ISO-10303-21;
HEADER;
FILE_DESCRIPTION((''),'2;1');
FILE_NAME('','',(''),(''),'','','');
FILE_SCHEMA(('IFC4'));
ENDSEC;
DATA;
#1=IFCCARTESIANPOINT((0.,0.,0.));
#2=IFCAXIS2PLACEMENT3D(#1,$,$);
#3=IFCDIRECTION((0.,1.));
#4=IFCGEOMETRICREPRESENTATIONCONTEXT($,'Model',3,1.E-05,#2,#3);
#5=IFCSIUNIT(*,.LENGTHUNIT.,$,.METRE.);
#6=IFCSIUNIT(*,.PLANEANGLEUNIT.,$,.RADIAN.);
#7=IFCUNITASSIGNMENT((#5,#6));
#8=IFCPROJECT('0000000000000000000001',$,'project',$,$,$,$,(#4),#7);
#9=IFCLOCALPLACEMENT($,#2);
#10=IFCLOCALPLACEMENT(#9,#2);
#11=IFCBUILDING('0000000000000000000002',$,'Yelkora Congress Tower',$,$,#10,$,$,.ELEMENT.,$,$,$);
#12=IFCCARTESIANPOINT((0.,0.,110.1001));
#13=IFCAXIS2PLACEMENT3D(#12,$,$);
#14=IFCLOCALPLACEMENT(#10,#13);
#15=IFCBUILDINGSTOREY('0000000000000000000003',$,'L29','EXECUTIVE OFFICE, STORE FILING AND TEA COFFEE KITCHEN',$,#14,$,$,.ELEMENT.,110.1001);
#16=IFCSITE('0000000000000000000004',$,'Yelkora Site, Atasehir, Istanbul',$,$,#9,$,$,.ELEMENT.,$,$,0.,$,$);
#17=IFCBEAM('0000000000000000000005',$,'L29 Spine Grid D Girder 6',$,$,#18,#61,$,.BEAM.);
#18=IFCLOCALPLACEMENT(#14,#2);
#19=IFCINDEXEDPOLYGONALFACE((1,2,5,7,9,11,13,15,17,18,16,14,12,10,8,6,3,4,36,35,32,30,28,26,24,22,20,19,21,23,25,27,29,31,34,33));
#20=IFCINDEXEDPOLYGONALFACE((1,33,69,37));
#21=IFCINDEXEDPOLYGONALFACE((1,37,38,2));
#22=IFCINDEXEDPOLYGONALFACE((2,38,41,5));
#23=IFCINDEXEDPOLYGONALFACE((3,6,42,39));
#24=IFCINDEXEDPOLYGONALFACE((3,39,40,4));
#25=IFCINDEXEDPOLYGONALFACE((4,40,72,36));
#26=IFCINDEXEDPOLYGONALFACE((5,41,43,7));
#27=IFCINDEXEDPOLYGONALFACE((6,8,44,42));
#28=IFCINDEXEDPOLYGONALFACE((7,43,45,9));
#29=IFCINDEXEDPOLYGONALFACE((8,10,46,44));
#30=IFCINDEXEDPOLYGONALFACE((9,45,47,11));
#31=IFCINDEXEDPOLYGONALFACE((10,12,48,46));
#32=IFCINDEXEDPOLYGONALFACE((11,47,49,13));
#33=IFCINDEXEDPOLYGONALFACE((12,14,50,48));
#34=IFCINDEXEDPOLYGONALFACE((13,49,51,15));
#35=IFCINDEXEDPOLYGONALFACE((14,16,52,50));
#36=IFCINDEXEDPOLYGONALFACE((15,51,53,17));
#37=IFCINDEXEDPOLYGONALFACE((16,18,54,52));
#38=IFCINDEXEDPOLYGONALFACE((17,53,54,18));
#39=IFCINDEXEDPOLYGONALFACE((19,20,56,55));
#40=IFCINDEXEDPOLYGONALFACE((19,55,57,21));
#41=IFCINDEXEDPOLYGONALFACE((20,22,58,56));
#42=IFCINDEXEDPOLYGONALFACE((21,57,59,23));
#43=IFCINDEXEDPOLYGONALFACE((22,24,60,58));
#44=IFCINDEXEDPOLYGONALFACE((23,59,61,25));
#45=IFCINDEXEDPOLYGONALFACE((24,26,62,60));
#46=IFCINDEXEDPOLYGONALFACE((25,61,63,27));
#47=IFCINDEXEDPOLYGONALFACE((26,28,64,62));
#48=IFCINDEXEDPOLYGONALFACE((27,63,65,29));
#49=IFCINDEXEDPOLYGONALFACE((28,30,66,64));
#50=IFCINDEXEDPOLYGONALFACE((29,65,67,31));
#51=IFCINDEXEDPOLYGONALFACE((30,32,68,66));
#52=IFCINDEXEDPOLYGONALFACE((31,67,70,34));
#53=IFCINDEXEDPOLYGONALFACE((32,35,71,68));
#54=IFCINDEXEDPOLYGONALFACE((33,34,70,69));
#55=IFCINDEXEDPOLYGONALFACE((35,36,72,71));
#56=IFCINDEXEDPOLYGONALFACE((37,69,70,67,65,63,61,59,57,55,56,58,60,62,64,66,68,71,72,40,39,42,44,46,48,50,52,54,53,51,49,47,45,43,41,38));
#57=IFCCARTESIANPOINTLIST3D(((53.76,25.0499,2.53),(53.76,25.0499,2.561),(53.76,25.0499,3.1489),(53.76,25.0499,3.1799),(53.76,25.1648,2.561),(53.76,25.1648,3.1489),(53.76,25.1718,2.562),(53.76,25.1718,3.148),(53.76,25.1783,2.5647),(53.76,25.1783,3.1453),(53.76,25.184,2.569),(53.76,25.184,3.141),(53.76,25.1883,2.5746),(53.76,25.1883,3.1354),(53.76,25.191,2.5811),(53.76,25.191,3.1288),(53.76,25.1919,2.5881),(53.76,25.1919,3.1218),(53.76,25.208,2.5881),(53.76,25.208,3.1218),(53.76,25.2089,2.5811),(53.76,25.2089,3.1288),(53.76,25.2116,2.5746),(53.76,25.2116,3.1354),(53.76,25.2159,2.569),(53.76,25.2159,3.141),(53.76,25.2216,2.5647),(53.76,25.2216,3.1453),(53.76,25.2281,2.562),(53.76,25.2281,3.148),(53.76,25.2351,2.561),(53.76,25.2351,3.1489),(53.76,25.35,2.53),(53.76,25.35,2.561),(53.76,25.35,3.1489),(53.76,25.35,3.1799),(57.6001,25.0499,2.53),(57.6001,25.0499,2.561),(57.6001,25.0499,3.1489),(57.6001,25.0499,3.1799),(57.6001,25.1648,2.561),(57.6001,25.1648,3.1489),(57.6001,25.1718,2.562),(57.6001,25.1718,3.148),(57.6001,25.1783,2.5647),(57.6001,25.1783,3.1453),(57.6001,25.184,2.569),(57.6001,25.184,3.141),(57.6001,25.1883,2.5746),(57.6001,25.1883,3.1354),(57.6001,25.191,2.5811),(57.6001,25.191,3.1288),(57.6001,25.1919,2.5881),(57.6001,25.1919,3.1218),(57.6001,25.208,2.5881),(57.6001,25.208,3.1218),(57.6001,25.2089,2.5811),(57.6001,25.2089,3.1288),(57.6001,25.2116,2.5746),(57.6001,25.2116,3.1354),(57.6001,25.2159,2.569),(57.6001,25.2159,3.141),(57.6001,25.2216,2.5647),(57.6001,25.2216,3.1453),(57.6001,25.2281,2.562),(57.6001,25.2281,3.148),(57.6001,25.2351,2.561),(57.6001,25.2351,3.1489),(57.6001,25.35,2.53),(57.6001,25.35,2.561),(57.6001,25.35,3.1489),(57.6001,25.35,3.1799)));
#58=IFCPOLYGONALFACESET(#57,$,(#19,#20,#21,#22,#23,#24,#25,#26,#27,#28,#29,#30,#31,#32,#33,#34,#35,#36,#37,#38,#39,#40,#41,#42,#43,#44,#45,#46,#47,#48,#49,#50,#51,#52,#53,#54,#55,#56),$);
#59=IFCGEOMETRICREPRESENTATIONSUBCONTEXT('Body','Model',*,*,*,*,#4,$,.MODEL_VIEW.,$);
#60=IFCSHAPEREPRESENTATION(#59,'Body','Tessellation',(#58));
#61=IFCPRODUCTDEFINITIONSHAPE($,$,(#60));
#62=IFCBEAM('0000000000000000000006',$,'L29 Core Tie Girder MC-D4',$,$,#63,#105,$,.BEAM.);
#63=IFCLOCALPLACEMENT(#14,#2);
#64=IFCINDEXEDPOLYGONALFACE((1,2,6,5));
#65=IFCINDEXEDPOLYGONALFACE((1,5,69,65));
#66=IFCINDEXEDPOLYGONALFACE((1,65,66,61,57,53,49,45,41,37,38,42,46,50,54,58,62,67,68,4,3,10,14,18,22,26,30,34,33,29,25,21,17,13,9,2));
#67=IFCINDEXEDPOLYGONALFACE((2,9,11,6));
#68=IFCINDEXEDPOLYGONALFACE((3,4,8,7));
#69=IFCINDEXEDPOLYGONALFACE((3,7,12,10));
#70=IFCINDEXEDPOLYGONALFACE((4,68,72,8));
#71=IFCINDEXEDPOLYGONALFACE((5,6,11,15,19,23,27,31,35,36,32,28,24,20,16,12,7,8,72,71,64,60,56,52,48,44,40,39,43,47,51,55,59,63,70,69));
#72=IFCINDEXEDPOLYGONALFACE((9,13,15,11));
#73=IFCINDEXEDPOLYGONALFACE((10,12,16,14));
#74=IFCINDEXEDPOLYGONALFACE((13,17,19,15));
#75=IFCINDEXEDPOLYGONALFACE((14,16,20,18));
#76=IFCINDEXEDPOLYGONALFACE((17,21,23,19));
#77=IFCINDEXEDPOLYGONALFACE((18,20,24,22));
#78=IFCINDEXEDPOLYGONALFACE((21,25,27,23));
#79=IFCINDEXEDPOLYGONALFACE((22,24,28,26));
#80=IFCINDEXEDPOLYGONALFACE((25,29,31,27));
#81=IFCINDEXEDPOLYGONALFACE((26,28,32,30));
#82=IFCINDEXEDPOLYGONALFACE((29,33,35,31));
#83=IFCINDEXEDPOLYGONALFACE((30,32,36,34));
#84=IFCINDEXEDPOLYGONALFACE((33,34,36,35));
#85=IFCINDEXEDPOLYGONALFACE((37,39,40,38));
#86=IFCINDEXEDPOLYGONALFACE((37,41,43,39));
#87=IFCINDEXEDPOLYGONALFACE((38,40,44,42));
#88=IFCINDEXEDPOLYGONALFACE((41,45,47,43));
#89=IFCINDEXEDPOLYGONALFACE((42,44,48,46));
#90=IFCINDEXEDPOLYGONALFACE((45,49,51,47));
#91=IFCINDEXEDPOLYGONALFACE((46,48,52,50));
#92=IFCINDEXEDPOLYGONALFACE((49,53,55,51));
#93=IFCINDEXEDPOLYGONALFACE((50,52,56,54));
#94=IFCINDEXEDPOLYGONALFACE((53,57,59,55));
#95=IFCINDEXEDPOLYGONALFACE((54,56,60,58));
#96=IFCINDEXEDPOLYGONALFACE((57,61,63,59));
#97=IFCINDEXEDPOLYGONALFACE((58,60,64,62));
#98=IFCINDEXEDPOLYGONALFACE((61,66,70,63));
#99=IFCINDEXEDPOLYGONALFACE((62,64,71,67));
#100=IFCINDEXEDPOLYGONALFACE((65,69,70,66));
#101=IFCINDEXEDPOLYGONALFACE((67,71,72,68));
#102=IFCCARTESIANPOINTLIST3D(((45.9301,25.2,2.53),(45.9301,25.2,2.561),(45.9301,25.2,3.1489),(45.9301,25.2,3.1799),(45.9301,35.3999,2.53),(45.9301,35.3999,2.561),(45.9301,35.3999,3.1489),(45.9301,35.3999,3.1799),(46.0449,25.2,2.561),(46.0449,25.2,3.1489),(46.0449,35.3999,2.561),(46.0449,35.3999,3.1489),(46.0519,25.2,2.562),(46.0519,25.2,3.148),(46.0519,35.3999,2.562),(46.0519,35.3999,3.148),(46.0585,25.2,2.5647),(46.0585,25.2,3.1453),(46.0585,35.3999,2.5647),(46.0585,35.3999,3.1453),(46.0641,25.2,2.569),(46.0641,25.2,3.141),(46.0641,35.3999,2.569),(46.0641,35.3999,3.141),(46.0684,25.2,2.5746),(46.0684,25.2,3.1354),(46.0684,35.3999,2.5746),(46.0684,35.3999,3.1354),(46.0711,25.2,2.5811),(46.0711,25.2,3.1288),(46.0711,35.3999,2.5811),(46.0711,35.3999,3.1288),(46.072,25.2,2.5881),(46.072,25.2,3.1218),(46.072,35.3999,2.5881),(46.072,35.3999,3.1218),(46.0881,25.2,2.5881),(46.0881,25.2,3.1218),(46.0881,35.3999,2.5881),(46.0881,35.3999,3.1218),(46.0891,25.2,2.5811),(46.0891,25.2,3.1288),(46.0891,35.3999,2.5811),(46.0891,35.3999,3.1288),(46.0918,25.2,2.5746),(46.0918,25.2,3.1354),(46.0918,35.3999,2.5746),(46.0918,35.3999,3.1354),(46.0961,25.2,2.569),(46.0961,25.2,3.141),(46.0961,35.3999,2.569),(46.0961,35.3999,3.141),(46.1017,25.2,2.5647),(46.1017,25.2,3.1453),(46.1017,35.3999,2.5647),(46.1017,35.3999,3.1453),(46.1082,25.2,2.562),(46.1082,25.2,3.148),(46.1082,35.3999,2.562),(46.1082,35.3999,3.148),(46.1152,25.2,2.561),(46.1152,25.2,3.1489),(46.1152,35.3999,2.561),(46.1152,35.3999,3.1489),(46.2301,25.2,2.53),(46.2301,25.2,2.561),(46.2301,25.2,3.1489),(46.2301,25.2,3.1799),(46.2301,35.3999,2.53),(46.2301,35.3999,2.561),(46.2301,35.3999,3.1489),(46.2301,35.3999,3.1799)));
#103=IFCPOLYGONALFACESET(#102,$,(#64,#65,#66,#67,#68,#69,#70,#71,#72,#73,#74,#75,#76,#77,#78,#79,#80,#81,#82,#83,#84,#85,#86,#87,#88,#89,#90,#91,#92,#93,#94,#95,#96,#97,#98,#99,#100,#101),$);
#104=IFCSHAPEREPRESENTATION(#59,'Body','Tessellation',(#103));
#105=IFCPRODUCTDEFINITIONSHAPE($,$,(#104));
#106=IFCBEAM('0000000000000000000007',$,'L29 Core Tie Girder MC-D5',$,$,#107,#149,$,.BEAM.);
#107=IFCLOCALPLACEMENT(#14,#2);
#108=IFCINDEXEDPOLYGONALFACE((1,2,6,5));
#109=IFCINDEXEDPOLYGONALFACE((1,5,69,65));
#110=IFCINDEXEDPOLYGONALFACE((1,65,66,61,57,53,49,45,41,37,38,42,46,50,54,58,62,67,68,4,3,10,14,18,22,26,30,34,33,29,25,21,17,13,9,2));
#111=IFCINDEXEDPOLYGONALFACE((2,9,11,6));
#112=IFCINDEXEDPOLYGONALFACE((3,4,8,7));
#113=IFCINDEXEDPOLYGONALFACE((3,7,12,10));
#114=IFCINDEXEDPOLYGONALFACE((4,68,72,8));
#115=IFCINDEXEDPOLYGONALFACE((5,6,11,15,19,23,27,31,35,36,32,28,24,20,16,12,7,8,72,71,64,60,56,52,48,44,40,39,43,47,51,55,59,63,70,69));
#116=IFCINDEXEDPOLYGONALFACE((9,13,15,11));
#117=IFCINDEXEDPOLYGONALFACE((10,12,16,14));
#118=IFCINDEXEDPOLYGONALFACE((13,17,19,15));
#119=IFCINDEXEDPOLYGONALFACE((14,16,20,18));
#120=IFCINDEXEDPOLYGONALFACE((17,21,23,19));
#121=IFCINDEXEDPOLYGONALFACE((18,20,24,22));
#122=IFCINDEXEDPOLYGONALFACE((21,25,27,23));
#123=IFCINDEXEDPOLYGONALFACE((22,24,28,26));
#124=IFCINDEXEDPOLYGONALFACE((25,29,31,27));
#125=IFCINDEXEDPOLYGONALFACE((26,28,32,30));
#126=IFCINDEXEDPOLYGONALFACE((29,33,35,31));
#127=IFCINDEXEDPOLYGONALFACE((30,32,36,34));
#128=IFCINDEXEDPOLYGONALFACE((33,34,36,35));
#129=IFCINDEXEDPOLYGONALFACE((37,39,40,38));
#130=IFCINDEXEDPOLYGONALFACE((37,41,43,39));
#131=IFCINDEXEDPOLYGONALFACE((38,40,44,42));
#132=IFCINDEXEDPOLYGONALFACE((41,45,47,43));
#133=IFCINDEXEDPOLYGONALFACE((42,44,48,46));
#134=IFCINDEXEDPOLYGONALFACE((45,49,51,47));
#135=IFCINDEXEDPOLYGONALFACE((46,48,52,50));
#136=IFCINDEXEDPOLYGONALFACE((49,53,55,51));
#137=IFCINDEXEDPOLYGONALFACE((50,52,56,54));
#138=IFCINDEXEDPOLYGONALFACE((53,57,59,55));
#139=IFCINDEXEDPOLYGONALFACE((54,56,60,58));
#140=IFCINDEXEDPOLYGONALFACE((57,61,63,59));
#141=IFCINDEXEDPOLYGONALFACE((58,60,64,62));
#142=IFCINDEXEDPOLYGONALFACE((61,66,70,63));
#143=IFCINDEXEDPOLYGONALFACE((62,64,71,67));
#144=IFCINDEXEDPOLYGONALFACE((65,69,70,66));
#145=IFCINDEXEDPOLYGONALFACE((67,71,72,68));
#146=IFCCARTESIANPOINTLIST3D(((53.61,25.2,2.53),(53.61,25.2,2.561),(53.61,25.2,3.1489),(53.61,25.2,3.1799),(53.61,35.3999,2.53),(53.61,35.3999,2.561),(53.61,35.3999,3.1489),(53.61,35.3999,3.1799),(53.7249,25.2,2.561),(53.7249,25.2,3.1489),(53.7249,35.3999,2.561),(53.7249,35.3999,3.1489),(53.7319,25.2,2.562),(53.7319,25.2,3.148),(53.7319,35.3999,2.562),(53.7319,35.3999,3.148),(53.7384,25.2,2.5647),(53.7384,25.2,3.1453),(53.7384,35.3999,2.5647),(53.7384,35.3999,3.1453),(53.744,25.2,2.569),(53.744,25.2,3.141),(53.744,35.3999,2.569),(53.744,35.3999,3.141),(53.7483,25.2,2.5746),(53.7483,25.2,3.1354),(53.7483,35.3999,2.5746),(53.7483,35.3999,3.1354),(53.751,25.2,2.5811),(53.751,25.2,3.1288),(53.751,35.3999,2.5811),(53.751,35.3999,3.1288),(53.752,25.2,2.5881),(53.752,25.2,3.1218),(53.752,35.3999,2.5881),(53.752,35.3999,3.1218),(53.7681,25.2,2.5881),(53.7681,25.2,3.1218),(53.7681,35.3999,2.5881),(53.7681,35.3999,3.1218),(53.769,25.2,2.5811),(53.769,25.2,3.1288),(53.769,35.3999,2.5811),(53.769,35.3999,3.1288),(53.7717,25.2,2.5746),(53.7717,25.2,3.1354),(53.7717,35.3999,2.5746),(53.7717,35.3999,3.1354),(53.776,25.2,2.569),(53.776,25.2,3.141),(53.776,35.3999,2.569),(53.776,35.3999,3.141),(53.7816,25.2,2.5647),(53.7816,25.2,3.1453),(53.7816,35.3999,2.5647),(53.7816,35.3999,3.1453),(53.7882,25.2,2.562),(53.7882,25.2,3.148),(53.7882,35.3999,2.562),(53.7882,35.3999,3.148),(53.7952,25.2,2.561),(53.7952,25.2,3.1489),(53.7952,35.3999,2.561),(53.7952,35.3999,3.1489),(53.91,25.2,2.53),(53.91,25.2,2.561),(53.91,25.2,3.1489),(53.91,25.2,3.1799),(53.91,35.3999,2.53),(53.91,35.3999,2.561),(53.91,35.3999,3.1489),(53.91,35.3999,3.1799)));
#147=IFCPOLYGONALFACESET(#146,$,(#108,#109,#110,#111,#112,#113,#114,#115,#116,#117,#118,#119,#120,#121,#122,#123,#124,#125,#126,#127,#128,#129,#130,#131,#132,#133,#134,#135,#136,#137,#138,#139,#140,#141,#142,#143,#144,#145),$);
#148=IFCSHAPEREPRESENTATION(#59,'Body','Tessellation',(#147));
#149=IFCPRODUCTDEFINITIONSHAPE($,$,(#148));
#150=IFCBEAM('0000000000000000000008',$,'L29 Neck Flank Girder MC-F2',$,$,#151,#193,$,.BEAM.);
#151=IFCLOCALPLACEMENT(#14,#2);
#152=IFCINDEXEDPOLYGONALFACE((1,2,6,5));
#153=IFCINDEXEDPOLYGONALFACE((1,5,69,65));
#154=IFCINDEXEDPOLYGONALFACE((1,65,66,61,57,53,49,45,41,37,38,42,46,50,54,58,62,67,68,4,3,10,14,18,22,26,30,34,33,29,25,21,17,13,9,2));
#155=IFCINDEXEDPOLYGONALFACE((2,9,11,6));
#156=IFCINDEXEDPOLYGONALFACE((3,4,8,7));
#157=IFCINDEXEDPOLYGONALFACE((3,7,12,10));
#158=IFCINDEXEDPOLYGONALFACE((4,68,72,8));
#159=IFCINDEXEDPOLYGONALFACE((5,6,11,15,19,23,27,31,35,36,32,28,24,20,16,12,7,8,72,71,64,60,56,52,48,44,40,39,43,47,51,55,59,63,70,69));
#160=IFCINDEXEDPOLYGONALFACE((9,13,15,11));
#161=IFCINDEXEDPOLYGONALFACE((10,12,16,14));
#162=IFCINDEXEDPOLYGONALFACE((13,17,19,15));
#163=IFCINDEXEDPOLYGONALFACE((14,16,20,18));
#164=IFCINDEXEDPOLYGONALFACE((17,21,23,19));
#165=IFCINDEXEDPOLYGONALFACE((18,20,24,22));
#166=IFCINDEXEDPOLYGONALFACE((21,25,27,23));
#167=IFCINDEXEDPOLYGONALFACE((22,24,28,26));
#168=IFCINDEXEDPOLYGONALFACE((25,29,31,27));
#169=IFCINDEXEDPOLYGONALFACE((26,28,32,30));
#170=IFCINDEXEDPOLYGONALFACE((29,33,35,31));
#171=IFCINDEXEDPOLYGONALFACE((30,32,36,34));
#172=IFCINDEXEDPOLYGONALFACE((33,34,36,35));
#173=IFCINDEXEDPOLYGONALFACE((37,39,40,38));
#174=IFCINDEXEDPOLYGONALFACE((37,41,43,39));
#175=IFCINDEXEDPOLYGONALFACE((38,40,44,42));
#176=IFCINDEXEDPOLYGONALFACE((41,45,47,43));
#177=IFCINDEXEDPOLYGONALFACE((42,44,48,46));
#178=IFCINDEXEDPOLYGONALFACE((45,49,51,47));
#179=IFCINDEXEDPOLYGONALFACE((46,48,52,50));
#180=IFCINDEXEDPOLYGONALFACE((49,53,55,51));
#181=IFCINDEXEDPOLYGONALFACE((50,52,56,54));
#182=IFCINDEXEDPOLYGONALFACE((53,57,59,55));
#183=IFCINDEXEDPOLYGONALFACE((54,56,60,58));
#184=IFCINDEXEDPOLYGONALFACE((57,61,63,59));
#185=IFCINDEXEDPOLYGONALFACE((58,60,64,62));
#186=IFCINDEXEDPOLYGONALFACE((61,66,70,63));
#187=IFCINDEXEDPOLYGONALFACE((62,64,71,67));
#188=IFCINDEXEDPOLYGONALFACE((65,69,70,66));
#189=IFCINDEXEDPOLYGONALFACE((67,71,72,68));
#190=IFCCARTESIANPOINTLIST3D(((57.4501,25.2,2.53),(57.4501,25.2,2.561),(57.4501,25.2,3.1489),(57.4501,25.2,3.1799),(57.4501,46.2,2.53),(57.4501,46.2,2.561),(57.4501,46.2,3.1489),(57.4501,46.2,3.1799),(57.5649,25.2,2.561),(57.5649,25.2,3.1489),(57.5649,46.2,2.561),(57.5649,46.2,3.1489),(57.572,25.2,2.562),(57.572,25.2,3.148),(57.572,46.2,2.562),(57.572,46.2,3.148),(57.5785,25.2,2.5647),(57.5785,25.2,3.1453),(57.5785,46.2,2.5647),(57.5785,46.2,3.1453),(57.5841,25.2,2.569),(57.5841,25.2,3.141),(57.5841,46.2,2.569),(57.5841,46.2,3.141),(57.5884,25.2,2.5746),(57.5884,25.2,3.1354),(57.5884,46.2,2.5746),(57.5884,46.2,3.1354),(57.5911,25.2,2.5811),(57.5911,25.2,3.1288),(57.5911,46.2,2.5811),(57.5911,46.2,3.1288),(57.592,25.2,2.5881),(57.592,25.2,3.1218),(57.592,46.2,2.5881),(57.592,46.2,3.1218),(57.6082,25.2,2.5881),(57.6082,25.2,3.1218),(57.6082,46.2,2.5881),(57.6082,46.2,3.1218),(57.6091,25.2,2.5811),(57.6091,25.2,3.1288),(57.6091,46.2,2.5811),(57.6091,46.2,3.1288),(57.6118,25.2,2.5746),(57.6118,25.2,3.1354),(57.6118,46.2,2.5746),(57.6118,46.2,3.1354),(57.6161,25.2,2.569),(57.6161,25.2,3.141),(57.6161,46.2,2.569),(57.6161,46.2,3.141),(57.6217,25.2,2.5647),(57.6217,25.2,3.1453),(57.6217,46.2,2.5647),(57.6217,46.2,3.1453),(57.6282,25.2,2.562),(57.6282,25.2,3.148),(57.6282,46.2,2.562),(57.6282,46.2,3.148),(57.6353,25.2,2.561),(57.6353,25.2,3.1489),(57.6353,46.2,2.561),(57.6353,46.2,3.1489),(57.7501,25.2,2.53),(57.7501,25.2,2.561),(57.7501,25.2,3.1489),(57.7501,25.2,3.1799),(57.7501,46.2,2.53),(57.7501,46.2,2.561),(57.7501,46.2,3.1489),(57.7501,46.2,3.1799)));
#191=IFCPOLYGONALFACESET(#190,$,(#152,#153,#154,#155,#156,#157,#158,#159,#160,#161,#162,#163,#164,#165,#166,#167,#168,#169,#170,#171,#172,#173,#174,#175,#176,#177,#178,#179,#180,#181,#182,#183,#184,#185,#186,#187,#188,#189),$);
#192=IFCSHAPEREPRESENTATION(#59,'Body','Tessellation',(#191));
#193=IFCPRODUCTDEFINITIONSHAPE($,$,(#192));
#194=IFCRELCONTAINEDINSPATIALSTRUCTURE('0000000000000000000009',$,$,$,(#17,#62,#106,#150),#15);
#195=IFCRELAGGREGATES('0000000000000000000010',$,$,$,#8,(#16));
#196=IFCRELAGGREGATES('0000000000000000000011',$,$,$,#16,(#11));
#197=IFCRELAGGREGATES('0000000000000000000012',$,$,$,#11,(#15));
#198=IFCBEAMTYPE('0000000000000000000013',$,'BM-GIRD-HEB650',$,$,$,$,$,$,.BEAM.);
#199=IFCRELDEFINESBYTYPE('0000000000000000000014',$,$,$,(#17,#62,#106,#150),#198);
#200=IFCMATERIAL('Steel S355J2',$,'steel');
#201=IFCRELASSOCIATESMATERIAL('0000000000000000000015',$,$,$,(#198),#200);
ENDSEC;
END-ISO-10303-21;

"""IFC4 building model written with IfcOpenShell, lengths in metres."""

from ifc_helpers import new_model, si_unit, direction, frame, origin, origin_2d, place, context, subcontext, project, spatial, i_section, extrude, material, material_profile, profile_set, type_object, element, save


model = new_model("IFC4")

# Units and contexts
model_context = context("Model", 3, precision=1e-05, world=origin(), true_north=direction((0.0, 1.0)))
body_context = subcontext(model_context, "Body", "Model", "MODEL_VIEW")
ifc_project = project(units=[si_unit("LENGTHUNIT", "METRE"), si_unit("PLANEANGLEUNIT", "RADIAN")], contexts=[model_context])

# Site, building, storey
site_placement = place(None, origin())
site = spatial("IfcSite", under=ifc_project, at=site_placement, Name="Yelkora Site, Atasehir, Istanbul", CompositionType="ELEMENT", RefElevation=0.0)
building_placement = place(site_placement, origin())
building = spatial("IfcBuilding", under=site, at=building_placement, Name="Yelkora Congress Tower", CompositionType="ELEMENT")
storey_placement = place(building_placement, frame((0.0, 0.0, 110.1001)))
storey = spatial("IfcBuildingStorey", under=building, at=storey_placement, Name="L29", Description="EXECUTIVE OFFICE, STORE FILING AND TEA COFFEE KITCHEN", CompositionType="ELEMENT", Elevation=110.1001)

# Beams
ifc_material_1 = material(Name="Steel S355J2", Category="steel")
ifc_material_profile_1 = material_profile(ifc_material_1, i_section(OverallWidth=0.3, OverallDepth=0.6499, WebThickness=0.0161, FlangeThickness=0.031, FilletRadius=0.0271, at=origin_2d()), Name="HEB 650")
ifc_profile_set_1 = profile_set([ifc_material_profile_1], Name="Steel S355J2")
beam_type_1 = type_object("IfcBeamType", Name="BM-GIRD-HEB650", PredefinedType="BEAM", material=ifc_profile_set_1)
beam_1_placement = place(storey_placement, frame((53.76, 25.2, 2.855), z_axis=(1.0, 0.0, 0.0), x_axis=(0.0, 1.0, 0.0)))
element("IfcBeam", 1, at=beam_1_placement, inside=storey, type_object=beam_type_1, Name="L29 Spine Grid D Girder 6", PredefinedType="BEAM", context=body_context, shape_type="SweptSolid", body=[
    extrude(i_section(OverallWidth=0.3, OverallDepth=0.6499, WebThickness=0.0161, FlangeThickness=0.031, FilletRadius=0.0271, at=origin_2d()), origin(), (0.0, 0.0, 1.0), 3.8401),
])
for number, where, z_axis, x_axis, name in (
    (2, (46.0801, 25.2, 2.855), (0.0, 1.0, 0.0), (-1.0, 0.0, 0.0), "L29 Core Tie Girder MC-D4"),
    (3, (53.76, 25.2, 2.855), (0.0, 1.0, 0.0), (-1.0, 0.0, 0.0), "L29 Core Tie Girder MC-D5"),
):
    element("IfcBeam", number, at=place(storey_placement, frame(where, z_axis=z_axis, x_axis=x_axis)), inside=storey, type_object=beam_type_1, Name=name, PredefinedType="BEAM", context=body_context, shape_type="SweptSolid", body=[
        extrude(i_section(OverallWidth=0.3, OverallDepth=0.6499, WebThickness=0.0161, FlangeThickness=0.031, FilletRadius=0.0271, at=origin_2d()), origin(), (0.0, 0.0, 1.0), 10.2),
    ])
beam_2_placement = place(storey_placement, frame((57.6001, 25.2, 2.855), z_axis=(0.0, 1.0, 0.0), x_axis=(-1.0, 0.0, 0.0)))
element("IfcBeam", 4, at=beam_2_placement, inside=storey, type_object=beam_type_1, Name="L29 Neck Flank Girder MC-F2", PredefinedType="BEAM", context=body_context, shape_type="SweptSolid", body=[
    extrude(i_section(OverallWidth=0.3, OverallDepth=0.6499, WebThickness=0.0161, FlangeThickness=0.031, FilletRadius=0.0271, at=origin_2d()), origin(), (0.0, 0.0, 1.0), 21.0),
])

save(model, "model.ifc")
